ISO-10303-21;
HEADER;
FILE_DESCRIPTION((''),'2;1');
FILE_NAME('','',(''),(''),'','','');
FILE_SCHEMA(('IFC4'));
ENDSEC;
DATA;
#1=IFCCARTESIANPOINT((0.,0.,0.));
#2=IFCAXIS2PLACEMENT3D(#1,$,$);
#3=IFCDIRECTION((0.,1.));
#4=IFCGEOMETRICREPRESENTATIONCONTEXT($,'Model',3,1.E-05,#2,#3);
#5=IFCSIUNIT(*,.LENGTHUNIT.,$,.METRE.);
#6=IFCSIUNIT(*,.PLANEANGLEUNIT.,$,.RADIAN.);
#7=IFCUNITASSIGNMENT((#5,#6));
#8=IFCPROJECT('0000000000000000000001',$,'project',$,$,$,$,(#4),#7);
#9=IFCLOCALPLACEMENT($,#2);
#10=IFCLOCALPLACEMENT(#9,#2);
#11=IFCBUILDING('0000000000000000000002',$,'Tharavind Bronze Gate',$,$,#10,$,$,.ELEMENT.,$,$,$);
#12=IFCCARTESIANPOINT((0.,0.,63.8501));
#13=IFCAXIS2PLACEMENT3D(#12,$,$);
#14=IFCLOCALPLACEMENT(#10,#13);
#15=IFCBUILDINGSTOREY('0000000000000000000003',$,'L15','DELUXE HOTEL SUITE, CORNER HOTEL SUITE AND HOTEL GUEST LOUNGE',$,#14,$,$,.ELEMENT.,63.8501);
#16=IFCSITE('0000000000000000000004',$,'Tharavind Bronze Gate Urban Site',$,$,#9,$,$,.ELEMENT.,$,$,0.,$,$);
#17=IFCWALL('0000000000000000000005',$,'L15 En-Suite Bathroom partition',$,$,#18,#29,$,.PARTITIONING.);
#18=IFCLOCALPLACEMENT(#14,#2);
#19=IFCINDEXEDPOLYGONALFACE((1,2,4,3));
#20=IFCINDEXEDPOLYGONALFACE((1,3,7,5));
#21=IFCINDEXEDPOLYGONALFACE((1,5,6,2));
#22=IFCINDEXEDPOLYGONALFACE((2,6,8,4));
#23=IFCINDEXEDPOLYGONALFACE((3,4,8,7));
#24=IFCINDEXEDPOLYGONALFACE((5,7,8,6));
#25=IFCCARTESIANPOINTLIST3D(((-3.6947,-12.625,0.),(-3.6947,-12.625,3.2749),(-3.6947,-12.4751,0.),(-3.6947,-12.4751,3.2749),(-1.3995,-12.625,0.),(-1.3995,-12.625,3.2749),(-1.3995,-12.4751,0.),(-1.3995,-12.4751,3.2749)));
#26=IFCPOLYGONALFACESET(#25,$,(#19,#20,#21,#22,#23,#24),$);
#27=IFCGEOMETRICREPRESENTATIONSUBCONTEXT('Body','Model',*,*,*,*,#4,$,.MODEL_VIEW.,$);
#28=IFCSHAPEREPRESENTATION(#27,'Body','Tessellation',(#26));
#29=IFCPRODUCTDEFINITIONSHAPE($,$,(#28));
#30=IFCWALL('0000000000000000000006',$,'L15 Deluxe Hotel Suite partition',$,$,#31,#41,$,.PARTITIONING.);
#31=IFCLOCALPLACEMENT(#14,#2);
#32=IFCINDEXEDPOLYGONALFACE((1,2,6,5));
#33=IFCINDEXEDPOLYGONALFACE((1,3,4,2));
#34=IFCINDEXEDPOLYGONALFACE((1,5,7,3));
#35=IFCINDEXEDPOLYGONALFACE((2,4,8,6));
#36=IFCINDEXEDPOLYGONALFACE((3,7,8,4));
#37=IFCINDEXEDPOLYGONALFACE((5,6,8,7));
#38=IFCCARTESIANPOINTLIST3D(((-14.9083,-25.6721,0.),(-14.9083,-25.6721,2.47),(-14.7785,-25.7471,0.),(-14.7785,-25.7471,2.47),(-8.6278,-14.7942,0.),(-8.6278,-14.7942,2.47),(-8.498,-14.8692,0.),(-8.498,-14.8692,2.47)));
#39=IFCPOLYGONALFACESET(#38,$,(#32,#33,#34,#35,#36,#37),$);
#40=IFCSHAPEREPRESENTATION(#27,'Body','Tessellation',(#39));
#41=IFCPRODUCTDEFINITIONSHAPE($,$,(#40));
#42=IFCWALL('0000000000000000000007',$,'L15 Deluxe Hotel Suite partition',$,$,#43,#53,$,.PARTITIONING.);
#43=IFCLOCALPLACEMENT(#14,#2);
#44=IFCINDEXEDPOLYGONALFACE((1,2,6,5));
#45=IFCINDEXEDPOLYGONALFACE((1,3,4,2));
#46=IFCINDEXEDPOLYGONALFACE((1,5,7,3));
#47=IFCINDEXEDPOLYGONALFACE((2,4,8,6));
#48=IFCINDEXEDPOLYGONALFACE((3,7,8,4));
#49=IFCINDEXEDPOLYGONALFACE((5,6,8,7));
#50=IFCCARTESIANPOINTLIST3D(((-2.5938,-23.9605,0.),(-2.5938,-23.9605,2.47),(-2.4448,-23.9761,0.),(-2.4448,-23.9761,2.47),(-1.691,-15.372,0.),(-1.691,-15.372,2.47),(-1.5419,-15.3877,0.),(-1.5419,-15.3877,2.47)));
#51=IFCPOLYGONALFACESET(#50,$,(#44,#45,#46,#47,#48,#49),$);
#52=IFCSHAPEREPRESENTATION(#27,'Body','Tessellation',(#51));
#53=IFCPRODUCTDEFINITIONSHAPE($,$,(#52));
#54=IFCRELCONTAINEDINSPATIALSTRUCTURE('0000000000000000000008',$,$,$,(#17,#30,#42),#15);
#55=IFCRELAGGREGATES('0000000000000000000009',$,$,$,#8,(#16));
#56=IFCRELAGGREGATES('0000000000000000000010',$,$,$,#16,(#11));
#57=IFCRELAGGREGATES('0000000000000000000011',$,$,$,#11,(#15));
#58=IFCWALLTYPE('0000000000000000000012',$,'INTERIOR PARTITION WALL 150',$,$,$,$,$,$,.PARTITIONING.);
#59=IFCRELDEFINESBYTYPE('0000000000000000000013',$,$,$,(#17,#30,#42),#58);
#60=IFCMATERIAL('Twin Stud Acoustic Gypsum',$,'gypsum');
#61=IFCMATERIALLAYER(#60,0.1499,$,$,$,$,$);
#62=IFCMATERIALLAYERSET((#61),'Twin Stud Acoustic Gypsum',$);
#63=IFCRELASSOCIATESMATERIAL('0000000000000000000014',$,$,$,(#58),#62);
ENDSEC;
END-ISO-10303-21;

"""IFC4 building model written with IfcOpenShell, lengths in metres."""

from ifc_helpers import new_model, si_unit, direction, frame, frame_2d, origin, place, context, subcontext, project, spatial, rectangle, extrude, material, layer, layer_set, type_object, element, save


model = new_model("IFC4")

# Units and contexts
model_context = context("Model", 3, precision=1e-05, world=origin(), true_north=direction((0.0, 1.0)))
body_context = subcontext(model_context, "Body", "Model", "MODEL_VIEW")
ifc_project = project(units=[si_unit("LENGTHUNIT", "METRE"), si_unit("PLANEANGLEUNIT", "RADIAN")], contexts=[model_context])

# Site, building, storey
site_placement = place(None, origin())
site = spatial("IfcSite", under=ifc_project, at=site_placement, Name="Tharavind Bronze Gate Urban Site", CompositionType="ELEMENT", RefElevation=0.0)
building_placement = place(site_placement, origin())
building = spatial("IfcBuilding", under=site, at=building_placement, Name="Tharavind Bronze Gate", CompositionType="ELEMENT")
storey_placement = place(building_placement, frame((0.0, 0.0, 63.8501)))
storey = spatial("IfcBuildingStorey", under=building, at=storey_placement, Name="L15", Description="DELUXE HOTEL SUITE, CORNER HOTEL SUITE AND HOTEL GUEST LOUNGE", CompositionType="ELEMENT", Elevation=63.8501)

# Shared definitions
ifc_material_1 = material(Name="Twin Stud Acoustic Gypsum", Category="gypsum")
ifc_layer_1 = layer(ifc_material_1, 0.1499)
ifc_layer_set_1 = layer_set([ifc_layer_1], Name="Twin Stud Acoustic Gypsum")
wall_type_1 = type_object("IfcWallType", Name="INTERIOR PARTITION WALL 150", PredefinedType="PARTITIONING", material=ifc_layer_set_1)

# Walls
wall_1_placement = place(storey_placement, frame((-3.6946, -12.55, 0.0), z_axis=(0.0, 0.0, 1.0), x_axis=(1.0, 0.0, 0.0)))
element("IfcWall", 1, at=wall_1_placement, inside=storey, type_object=wall_type_1, Name="L15 En-Suite Bathroom partition", PredefinedType="PARTITIONING", context=body_context, shape_type="SweptSolid", body=[
    extrude(rectangle(XDim=2.2952, YDim=0.1499, at=frame_2d((1.1475, 0.0))), origin(), (0.0, 0.0, 1.0), 3.2749),
])
wall_2_placement = place(storey_placement, frame((-8.563, -14.8318, 0.0), z_axis=(0.0, 0.0, 1.0), x_axis=(-0.500008, -0.866021, 0.0)))
element("IfcWall", 2, at=wall_2_placement, inside=storey, type_object=wall_type_1, Name="L15 Deluxe Hotel Suite partition", PredefinedType="PARTITIONING", context=body_context, shape_type="SweptSolid", body=[
    extrude(rectangle(XDim=12.5608, YDim=0.1499, at=frame_2d((6.2803, 0.0))), origin(), (0.0, 0.0, 1.0), 2.47),
])
wall_3_placement = place(storey_placement, frame((-1.6165, -15.3799, 0.0), z_axis=(0.0, 0.0, 1.0), x_axis=(-0.104546, -0.99452, 0.0)))
element("IfcWall", 3, at=wall_3_placement, inside=storey, type_object=wall_type_1, Name="L15 Deluxe Hotel Suite partition", PredefinedType="PARTITIONING", context=body_context, shape_type="SweptSolid", body=[
    extrude(rectangle(XDim=8.6357, YDim=0.1499, at=frame_2d((4.3179, 0.0))), origin(), (0.0, 0.0, 1.0), 2.47),
])

save(model, "model.ifc")
